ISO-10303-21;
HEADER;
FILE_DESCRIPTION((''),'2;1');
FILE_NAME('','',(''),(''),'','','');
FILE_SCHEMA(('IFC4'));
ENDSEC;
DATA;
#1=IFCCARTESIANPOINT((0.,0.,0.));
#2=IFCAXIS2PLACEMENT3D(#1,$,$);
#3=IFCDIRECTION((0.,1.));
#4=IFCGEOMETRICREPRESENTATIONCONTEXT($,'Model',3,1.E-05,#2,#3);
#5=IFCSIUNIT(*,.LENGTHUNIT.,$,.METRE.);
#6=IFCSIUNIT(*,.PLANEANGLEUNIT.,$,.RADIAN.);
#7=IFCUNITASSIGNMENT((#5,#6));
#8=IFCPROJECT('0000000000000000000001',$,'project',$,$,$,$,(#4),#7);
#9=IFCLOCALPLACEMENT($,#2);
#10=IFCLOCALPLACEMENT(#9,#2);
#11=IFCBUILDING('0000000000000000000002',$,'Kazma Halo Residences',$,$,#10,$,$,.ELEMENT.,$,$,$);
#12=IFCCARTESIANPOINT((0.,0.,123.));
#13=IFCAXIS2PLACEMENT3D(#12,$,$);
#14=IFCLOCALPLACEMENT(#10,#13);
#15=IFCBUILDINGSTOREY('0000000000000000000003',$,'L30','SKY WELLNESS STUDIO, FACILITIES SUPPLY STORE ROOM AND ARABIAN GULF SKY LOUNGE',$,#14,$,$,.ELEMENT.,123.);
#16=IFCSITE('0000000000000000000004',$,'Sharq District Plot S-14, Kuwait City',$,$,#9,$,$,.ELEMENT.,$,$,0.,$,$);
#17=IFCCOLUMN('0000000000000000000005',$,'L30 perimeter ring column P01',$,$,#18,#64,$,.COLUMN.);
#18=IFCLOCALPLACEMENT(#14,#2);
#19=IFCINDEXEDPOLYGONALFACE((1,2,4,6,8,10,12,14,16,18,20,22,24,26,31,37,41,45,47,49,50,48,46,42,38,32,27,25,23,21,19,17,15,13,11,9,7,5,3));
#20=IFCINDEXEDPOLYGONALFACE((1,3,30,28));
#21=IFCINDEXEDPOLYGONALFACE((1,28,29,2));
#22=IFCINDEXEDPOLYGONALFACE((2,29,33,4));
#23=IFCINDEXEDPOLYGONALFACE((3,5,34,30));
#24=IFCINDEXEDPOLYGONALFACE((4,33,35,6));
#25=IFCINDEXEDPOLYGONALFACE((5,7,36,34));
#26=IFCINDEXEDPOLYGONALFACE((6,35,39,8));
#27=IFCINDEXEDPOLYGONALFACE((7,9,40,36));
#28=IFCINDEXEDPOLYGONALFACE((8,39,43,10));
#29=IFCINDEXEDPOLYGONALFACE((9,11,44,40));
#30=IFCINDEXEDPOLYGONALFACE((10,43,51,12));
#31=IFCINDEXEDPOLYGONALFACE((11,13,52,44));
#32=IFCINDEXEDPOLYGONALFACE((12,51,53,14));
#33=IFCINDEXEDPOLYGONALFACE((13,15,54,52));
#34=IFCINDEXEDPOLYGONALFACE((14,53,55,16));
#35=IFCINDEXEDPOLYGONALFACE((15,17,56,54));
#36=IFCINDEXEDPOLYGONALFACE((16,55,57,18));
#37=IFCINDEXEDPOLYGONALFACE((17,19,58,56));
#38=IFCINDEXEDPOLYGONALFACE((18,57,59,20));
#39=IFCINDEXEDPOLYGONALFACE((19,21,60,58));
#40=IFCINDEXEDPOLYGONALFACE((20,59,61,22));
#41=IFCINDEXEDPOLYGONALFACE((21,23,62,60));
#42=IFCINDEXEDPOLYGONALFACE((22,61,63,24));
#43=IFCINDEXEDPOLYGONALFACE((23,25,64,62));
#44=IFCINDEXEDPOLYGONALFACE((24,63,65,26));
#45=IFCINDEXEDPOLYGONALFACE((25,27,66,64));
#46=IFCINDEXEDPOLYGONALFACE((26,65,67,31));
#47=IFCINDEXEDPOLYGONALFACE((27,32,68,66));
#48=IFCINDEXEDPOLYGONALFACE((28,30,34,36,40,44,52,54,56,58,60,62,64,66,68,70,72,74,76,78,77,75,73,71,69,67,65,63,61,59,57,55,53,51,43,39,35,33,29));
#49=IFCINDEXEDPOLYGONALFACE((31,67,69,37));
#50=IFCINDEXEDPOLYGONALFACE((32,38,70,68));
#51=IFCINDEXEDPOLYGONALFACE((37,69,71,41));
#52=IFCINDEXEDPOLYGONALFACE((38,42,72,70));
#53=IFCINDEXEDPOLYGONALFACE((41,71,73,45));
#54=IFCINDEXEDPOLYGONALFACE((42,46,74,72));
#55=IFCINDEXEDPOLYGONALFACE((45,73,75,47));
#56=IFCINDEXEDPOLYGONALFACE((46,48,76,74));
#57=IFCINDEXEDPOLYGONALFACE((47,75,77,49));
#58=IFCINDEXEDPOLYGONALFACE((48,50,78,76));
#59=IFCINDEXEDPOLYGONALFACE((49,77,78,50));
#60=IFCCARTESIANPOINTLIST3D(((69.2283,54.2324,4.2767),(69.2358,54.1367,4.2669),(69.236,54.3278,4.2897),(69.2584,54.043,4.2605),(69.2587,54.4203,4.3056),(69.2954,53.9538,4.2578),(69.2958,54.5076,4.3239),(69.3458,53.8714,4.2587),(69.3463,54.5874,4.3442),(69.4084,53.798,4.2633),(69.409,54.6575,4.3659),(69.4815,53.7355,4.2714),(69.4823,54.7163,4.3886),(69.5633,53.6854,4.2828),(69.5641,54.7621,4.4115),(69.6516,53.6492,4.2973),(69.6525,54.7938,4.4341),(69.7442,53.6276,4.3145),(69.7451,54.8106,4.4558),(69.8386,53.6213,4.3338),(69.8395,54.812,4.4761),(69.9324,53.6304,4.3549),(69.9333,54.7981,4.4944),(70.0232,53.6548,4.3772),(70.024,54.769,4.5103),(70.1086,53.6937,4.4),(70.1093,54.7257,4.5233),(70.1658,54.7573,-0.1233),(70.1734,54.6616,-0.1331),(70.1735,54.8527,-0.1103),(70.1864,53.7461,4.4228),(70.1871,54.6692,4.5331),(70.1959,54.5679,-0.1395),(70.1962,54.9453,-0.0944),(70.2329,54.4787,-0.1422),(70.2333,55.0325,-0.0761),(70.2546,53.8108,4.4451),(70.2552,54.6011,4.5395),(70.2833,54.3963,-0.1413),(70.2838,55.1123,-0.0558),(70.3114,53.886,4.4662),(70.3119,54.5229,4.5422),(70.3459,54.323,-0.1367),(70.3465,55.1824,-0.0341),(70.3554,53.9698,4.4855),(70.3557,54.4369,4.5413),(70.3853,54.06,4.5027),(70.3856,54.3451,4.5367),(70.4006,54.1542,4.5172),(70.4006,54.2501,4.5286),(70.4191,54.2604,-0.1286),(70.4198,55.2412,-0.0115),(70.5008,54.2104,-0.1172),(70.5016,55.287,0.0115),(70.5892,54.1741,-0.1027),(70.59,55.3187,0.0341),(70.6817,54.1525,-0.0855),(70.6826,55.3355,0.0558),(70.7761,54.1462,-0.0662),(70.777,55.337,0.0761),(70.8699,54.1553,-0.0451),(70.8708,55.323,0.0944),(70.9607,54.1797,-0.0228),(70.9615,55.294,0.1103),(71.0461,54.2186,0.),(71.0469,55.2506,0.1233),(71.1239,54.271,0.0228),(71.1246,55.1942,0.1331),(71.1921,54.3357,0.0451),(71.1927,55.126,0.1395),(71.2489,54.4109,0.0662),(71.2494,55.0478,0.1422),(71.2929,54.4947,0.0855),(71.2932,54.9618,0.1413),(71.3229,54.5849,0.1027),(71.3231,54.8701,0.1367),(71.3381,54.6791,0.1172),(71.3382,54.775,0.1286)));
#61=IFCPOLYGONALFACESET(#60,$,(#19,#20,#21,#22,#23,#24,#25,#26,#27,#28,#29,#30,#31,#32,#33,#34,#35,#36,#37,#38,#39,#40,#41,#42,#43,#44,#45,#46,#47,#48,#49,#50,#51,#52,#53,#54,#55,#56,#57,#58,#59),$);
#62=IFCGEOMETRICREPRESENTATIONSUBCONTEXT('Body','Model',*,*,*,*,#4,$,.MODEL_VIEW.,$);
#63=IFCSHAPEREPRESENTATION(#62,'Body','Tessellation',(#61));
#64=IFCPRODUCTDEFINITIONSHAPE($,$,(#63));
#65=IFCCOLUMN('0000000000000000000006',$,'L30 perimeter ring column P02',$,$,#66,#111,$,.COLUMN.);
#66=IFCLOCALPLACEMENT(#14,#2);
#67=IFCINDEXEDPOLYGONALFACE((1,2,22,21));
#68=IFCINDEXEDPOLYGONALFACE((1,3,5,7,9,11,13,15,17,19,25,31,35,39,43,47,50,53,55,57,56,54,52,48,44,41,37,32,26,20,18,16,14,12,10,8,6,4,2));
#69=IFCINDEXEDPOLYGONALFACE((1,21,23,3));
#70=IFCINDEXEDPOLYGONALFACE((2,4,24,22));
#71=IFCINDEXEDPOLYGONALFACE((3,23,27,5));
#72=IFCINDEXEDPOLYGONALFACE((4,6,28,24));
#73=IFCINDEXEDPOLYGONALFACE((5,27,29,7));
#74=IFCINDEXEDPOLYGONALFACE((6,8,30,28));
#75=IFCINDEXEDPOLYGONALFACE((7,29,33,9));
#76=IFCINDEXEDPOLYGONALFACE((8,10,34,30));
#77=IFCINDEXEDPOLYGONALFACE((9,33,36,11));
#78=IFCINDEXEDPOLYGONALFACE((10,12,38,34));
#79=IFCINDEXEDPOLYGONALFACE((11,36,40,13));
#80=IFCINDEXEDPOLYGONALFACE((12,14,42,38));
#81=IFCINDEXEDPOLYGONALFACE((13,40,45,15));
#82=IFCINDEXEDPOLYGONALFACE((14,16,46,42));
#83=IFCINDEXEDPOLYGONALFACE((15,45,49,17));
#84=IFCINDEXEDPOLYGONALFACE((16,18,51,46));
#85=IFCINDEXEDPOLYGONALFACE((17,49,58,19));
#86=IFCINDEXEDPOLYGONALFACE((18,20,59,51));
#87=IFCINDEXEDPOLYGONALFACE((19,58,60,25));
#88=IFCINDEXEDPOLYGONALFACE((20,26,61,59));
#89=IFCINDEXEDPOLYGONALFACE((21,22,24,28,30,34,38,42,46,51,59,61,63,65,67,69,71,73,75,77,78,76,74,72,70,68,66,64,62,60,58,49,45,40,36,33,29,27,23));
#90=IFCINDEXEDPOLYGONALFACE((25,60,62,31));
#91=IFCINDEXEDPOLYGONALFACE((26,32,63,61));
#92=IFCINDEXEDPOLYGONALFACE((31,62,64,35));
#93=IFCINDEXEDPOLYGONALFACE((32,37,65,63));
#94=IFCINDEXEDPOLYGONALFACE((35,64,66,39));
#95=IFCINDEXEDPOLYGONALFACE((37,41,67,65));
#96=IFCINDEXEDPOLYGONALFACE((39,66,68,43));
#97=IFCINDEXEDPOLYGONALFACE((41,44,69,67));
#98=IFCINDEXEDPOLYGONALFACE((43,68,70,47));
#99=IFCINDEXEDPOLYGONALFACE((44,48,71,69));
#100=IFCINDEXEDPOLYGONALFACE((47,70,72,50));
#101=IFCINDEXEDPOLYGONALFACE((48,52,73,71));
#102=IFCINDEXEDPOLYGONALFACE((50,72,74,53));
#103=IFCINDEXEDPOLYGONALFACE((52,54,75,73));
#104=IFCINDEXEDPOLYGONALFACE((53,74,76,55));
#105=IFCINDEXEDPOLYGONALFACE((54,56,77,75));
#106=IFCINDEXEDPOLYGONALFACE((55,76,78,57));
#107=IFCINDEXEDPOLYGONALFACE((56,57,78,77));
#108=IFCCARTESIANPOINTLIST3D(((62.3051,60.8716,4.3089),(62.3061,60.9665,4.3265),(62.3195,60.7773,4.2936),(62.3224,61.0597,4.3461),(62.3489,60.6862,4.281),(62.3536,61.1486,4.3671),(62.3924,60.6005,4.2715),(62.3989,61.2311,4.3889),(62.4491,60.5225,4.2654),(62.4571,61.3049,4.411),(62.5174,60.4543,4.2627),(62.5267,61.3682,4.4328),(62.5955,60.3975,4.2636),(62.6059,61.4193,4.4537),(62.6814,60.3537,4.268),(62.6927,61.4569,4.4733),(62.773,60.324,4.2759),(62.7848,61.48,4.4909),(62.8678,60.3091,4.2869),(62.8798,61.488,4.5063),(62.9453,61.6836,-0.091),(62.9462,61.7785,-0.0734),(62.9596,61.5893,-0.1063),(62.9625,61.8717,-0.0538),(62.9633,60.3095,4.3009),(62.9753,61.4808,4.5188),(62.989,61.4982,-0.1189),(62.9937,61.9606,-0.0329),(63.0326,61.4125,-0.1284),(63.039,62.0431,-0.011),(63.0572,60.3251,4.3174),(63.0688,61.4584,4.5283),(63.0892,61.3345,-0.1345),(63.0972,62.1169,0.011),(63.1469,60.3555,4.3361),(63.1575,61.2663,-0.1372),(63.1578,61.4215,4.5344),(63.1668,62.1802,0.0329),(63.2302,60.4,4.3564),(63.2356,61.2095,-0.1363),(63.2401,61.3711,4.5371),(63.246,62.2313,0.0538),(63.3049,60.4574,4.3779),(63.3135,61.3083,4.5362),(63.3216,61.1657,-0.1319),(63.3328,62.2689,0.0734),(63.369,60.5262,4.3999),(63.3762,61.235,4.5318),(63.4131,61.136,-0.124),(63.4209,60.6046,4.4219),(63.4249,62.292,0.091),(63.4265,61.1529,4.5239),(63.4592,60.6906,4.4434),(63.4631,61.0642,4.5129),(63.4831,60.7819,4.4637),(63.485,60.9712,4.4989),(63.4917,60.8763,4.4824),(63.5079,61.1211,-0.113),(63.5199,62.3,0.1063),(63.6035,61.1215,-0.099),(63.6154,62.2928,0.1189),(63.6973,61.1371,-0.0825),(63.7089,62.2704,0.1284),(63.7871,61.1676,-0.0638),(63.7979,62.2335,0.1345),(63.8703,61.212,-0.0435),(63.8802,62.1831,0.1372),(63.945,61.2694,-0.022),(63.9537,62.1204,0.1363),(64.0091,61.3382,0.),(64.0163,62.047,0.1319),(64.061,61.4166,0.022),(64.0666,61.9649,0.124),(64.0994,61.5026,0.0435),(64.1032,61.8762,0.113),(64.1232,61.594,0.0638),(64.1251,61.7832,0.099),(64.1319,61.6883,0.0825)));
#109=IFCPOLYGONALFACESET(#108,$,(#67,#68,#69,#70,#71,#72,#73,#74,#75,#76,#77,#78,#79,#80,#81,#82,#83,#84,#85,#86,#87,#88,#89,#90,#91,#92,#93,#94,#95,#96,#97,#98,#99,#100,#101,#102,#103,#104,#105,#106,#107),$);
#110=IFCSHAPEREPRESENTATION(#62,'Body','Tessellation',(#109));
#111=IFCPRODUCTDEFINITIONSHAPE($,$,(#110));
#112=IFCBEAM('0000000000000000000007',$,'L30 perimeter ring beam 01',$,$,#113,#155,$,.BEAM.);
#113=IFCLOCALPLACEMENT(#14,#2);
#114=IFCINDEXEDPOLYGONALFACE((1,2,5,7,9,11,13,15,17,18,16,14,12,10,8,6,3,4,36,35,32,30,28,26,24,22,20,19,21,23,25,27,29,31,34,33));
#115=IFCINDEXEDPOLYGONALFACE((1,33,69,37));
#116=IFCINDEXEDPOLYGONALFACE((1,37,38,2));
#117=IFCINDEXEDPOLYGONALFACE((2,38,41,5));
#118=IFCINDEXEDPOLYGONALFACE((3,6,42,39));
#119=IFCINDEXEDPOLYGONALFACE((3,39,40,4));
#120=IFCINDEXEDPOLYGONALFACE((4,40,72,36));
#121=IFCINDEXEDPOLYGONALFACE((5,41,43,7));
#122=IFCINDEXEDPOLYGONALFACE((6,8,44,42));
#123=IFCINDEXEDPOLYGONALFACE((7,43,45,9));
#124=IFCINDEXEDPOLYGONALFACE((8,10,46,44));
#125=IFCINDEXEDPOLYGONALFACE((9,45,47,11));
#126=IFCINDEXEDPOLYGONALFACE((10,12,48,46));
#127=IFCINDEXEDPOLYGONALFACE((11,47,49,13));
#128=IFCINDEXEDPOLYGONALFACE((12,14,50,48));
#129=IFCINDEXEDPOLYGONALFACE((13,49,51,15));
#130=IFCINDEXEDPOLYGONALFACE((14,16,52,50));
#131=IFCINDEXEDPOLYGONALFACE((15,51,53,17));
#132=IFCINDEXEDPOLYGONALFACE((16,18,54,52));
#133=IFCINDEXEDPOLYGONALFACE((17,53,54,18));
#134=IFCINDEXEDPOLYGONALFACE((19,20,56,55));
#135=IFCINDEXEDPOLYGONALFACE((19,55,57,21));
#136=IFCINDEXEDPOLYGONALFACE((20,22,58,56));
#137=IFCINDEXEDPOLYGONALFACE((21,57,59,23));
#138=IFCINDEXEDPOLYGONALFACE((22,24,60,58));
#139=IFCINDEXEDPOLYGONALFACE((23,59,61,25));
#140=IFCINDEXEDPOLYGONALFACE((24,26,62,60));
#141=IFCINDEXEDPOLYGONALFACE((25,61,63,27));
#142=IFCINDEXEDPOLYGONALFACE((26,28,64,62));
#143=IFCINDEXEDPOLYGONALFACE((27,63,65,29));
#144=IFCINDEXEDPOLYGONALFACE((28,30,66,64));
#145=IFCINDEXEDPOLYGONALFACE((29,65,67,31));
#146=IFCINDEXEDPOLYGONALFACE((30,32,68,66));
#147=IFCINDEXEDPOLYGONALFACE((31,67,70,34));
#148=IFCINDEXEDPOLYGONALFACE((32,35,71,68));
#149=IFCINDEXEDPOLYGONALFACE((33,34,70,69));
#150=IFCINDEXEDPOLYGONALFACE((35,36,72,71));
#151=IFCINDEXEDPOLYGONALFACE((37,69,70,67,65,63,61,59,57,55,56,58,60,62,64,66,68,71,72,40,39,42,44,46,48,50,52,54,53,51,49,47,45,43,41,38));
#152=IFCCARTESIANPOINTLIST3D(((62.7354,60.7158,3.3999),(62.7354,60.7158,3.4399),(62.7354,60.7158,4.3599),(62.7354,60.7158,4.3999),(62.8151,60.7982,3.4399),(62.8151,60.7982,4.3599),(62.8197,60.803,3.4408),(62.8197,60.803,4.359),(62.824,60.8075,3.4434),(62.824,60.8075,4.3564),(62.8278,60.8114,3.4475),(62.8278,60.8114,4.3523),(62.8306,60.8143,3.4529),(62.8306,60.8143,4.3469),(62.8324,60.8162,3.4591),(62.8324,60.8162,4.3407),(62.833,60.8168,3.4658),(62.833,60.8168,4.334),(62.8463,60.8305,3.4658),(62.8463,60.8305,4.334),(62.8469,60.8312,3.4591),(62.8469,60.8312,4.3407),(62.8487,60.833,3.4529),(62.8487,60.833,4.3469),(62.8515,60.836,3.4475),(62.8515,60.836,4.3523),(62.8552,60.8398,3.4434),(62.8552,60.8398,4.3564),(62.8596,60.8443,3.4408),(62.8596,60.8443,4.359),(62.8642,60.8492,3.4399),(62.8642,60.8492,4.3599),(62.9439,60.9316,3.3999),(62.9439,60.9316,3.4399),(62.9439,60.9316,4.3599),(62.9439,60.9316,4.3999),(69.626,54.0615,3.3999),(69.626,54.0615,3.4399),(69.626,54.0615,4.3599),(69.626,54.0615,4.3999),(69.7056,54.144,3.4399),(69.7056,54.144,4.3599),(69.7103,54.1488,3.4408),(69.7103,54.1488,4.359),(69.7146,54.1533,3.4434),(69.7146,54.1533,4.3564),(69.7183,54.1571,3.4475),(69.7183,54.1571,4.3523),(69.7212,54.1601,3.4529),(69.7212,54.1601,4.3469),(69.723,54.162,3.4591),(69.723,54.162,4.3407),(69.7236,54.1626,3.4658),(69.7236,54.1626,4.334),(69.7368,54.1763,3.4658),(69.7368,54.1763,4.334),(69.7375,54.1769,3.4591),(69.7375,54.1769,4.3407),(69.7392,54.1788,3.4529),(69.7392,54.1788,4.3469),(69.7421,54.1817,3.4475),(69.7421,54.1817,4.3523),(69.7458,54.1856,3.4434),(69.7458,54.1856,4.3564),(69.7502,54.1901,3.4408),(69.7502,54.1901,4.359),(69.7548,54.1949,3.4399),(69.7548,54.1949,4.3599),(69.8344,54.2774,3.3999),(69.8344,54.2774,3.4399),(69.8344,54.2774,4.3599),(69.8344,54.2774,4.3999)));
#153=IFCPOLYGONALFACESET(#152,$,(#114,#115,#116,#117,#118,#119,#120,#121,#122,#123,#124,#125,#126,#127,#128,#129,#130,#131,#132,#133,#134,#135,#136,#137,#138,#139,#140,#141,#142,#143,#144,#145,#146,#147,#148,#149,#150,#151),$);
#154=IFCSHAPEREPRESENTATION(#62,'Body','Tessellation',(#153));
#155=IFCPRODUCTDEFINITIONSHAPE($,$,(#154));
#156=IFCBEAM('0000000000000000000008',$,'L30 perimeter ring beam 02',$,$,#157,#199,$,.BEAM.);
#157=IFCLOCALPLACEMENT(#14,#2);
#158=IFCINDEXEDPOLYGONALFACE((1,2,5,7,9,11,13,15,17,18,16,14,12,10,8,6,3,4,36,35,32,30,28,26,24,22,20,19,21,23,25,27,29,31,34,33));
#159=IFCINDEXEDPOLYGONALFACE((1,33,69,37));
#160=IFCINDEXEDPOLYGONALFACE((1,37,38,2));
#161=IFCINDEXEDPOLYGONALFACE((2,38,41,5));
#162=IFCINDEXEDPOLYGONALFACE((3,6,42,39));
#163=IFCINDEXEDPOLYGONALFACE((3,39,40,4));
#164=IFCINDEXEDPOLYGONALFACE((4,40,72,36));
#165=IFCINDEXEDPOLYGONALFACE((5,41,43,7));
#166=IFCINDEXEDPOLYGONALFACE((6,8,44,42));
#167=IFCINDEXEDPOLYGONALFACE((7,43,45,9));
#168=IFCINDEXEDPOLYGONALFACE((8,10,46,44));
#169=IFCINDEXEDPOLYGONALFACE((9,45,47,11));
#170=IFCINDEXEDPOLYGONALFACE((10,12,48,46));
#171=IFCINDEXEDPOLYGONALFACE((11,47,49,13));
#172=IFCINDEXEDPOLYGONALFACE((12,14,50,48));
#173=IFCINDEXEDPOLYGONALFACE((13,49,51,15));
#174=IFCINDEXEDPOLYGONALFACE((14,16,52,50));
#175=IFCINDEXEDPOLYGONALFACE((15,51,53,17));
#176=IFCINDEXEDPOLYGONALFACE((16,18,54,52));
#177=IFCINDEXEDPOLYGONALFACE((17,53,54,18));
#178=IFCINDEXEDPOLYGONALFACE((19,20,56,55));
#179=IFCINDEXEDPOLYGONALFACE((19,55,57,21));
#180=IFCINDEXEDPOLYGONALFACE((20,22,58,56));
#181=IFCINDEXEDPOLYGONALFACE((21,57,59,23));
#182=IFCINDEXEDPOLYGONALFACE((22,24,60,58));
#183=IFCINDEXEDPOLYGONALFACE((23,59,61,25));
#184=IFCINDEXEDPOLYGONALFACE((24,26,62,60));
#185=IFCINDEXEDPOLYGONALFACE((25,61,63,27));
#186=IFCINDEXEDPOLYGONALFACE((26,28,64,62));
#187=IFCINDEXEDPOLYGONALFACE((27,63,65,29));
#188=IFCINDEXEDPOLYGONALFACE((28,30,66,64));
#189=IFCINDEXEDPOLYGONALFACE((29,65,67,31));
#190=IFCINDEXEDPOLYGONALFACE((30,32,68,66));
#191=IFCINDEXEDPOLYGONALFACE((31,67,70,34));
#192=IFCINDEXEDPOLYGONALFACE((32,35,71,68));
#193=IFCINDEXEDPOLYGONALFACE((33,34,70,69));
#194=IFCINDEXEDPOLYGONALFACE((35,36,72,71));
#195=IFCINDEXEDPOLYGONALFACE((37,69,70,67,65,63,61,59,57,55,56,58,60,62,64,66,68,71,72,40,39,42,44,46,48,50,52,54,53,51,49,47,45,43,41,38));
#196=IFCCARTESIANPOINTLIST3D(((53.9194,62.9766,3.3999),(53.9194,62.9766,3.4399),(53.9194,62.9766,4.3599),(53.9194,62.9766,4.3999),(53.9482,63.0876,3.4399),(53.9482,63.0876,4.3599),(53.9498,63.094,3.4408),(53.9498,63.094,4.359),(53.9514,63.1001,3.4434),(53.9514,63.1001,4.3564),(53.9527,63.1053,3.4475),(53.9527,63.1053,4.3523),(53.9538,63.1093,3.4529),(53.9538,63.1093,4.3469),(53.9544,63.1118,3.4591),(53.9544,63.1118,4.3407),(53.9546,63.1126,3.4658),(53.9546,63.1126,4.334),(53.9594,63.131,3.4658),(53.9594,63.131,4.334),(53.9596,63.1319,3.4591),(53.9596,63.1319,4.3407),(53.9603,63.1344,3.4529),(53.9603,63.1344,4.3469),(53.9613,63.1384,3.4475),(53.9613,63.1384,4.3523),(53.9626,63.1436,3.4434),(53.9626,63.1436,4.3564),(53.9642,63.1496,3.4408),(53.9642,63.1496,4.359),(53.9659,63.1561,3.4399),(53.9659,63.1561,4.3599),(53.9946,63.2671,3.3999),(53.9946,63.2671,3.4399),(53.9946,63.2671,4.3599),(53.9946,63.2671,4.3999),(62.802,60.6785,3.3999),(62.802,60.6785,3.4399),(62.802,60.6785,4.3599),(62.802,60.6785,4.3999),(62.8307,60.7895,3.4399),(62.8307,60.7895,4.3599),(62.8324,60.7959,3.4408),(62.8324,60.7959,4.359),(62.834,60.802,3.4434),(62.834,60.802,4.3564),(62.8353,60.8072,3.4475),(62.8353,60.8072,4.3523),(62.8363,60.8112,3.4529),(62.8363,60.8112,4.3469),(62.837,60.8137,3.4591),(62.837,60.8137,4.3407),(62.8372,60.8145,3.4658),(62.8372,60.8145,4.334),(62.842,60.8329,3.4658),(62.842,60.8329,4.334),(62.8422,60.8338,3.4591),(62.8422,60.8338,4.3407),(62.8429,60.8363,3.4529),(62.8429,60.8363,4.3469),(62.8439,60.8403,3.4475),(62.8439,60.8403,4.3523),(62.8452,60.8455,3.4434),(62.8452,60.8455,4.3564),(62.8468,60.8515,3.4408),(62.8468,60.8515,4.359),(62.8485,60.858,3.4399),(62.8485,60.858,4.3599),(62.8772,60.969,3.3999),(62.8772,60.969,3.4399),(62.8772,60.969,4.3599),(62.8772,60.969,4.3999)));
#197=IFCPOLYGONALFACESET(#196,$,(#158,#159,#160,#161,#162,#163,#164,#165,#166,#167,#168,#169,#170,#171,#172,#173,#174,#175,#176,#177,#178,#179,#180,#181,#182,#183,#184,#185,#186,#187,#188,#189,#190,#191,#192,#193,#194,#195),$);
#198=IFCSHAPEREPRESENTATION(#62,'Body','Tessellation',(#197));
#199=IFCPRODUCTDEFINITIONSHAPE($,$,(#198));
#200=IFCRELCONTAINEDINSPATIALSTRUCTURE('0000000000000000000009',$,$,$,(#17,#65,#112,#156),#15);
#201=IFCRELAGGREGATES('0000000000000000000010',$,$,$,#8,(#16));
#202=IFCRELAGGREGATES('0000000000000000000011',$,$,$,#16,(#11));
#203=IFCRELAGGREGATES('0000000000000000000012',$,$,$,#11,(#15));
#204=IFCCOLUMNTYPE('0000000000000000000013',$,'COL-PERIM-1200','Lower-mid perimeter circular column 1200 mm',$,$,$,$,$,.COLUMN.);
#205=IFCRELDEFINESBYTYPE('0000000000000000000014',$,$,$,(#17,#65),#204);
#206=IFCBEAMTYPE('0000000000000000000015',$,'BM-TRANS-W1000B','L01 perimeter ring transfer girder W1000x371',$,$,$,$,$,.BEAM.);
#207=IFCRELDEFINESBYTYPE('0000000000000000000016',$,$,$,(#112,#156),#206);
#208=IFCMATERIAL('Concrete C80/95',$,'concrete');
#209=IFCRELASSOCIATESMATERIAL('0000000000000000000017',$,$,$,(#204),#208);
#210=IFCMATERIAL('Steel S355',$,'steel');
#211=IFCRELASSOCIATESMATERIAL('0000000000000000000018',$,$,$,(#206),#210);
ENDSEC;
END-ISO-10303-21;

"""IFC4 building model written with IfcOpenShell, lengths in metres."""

from ifc_helpers import new_model, si_unit, direction, frame, origin, origin_2d, place, context, subcontext, project, spatial, circle, i_section, extrude, material, material_profile, profile_set, type_object, element, save


model = new_model("IFC4")

# Units and contexts
model_context = context("Model", 3, precision=1e-05, world=origin(), true_north=direction((0.0, 1.0)))
body_context = subcontext(model_context, "Body", "Model", "MODEL_VIEW")
ifc_project = project(units=[si_unit("LENGTHUNIT", "METRE"), si_unit("PLANEANGLEUNIT", "RADIAN")], contexts=[model_context])

# Site, building, storey
site_placement = place(None, origin())
site = spatial("IfcSite", under=ifc_project, at=site_placement, Name="Sharq District Plot S-14, Kuwait City", CompositionType="ELEMENT", RefElevation=0.0)
building_placement = place(site_placement, origin())
building = spatial("IfcBuilding", under=site, at=building_placement, Name="Kazma Halo Residences", CompositionType="ELEMENT")
storey_placement = place(building_placement, frame((0.0, 0.0, 123.0)))
storey = spatial("IfcBuildingStorey", under=building, at=storey_placement, Name="L30", Description="SKY WELLNESS STUDIO, FACILITIES SUPPLY STORE ROOM AND ARABIAN GULF SKY LOUNGE", CompositionType="ELEMENT", Elevation=123.0)

# Columns
ifc_material_1 = material(Name="Concrete C80/95", Category="concrete")
ifc_material_profile_1 = material_profile(ifc_material_1, circle(Radius=0.6001, at=origin_2d()), Name="CIRC1200")
ifc_profile_set_1 = profile_set([ifc_material_profile_1], Name="Concrete C80/95")
column_type = type_object("IfcColumnType", Name="COL-PERIM-1200", Description="Lower-mid perimeter circular column 1200 mm", PredefinedType="COLUMN", material=ifc_profile_set_1)
column_1_placement = place(storey_placement, frame((70.7529, 54.7422, 0.0), z_axis=(-0.206991, -0.115893, 0.971454), x_axis=(0.488534, -0.872545, 0.0)))
element("IfcColumn", 1, at=column_1_placement, inside=storey, type_object=column_type, Name="L30 perimeter ring column P01", PredefinedType="COLUMN", context=body_context, shape_type="SweptSolid", body=[
    extrude(circle(Radius=0.6001, at=origin_2d()), origin(), (0.0, 0.0, 1.0), 4.5293),
])
column_2_placement = place(storey_placement, frame((63.5378, 61.7097, 0.0), z_axis=(-0.141631, -0.179658, 0.97348), x_axis=(0.785318, -0.619093, 0.0)))
element("IfcColumn", 2, at=column_2_placement, inside=storey, type_object=column_type, Name="L30 perimeter ring column P02", PredefinedType="COLUMN", context=body_context, shape_type="SweptSolid", body=[
    extrude(circle(Radius=0.6001, at=origin_2d()), origin(), (0.0, 0.0, 1.0), 4.5198),
])

# Beams
ifc_material_2 = material(Name="Steel S355", Category="steel")
ifc_material_profile_2 = material_profile(ifc_material_2, i_section(OverallWidth=0.3, OverallDepth=1.0, WebThickness=0.019, FlangeThickness=0.04, FilletRadius=0.0259, at=origin_2d()), Name="W1000x371")
ifc_profile_set_2 = profile_set([ifc_material_profile_2], Name="Steel S355")
beam_type = type_object("IfcBeamType", Name="BM-TRANS-W1000B", Description="L01 perimeter ring transfer girder W1000x371", PredefinedType="BEAM", material=ifc_profile_set_2)
beam_1_placement = place(storey_placement, frame((69.7302, 54.1694, 3.8999), z_axis=(-0.719335, 0.694664, 0.0), x_axis=(-0.694664, -0.719335, 0.0)))
element("IfcBeam", 3, at=beam_1_placement, inside=storey, type_object=beam_type, Name="L30 perimeter ring beam 01", PredefinedType="BEAM", context=body_context, shape_type="SweptSolid", body=[
    extrude(i_section(OverallWidth=0.3, OverallDepth=1.0, WebThickness=0.019, FlangeThickness=0.04, FilletRadius=0.0259, at=origin_2d()), origin(), (0.0, 0.0, 1.0), 9.5791),
])
beam_2_placement = place(storey_placement, frame((62.8396, 60.8237, 3.8999), z_axis=(-0.968124, 0.250473, 0.0), x_axis=(-0.250473, -0.968124, 0.0)))
element("IfcBeam", 4, at=beam_2_placement, inside=storey, type_object=beam_type, Name="L30 perimeter ring beam 02", PredefinedType="BEAM", context=body_context, shape_type="SweptSolid", body=[
    extrude(i_section(OverallWidth=0.3, OverallDepth=1.0, WebThickness=0.019, FlangeThickness=0.04, FilletRadius=0.0259, at=origin_2d()), origin(), (0.0, 0.0, 1.0), 9.175),
])

save(model, "model.ifc")
